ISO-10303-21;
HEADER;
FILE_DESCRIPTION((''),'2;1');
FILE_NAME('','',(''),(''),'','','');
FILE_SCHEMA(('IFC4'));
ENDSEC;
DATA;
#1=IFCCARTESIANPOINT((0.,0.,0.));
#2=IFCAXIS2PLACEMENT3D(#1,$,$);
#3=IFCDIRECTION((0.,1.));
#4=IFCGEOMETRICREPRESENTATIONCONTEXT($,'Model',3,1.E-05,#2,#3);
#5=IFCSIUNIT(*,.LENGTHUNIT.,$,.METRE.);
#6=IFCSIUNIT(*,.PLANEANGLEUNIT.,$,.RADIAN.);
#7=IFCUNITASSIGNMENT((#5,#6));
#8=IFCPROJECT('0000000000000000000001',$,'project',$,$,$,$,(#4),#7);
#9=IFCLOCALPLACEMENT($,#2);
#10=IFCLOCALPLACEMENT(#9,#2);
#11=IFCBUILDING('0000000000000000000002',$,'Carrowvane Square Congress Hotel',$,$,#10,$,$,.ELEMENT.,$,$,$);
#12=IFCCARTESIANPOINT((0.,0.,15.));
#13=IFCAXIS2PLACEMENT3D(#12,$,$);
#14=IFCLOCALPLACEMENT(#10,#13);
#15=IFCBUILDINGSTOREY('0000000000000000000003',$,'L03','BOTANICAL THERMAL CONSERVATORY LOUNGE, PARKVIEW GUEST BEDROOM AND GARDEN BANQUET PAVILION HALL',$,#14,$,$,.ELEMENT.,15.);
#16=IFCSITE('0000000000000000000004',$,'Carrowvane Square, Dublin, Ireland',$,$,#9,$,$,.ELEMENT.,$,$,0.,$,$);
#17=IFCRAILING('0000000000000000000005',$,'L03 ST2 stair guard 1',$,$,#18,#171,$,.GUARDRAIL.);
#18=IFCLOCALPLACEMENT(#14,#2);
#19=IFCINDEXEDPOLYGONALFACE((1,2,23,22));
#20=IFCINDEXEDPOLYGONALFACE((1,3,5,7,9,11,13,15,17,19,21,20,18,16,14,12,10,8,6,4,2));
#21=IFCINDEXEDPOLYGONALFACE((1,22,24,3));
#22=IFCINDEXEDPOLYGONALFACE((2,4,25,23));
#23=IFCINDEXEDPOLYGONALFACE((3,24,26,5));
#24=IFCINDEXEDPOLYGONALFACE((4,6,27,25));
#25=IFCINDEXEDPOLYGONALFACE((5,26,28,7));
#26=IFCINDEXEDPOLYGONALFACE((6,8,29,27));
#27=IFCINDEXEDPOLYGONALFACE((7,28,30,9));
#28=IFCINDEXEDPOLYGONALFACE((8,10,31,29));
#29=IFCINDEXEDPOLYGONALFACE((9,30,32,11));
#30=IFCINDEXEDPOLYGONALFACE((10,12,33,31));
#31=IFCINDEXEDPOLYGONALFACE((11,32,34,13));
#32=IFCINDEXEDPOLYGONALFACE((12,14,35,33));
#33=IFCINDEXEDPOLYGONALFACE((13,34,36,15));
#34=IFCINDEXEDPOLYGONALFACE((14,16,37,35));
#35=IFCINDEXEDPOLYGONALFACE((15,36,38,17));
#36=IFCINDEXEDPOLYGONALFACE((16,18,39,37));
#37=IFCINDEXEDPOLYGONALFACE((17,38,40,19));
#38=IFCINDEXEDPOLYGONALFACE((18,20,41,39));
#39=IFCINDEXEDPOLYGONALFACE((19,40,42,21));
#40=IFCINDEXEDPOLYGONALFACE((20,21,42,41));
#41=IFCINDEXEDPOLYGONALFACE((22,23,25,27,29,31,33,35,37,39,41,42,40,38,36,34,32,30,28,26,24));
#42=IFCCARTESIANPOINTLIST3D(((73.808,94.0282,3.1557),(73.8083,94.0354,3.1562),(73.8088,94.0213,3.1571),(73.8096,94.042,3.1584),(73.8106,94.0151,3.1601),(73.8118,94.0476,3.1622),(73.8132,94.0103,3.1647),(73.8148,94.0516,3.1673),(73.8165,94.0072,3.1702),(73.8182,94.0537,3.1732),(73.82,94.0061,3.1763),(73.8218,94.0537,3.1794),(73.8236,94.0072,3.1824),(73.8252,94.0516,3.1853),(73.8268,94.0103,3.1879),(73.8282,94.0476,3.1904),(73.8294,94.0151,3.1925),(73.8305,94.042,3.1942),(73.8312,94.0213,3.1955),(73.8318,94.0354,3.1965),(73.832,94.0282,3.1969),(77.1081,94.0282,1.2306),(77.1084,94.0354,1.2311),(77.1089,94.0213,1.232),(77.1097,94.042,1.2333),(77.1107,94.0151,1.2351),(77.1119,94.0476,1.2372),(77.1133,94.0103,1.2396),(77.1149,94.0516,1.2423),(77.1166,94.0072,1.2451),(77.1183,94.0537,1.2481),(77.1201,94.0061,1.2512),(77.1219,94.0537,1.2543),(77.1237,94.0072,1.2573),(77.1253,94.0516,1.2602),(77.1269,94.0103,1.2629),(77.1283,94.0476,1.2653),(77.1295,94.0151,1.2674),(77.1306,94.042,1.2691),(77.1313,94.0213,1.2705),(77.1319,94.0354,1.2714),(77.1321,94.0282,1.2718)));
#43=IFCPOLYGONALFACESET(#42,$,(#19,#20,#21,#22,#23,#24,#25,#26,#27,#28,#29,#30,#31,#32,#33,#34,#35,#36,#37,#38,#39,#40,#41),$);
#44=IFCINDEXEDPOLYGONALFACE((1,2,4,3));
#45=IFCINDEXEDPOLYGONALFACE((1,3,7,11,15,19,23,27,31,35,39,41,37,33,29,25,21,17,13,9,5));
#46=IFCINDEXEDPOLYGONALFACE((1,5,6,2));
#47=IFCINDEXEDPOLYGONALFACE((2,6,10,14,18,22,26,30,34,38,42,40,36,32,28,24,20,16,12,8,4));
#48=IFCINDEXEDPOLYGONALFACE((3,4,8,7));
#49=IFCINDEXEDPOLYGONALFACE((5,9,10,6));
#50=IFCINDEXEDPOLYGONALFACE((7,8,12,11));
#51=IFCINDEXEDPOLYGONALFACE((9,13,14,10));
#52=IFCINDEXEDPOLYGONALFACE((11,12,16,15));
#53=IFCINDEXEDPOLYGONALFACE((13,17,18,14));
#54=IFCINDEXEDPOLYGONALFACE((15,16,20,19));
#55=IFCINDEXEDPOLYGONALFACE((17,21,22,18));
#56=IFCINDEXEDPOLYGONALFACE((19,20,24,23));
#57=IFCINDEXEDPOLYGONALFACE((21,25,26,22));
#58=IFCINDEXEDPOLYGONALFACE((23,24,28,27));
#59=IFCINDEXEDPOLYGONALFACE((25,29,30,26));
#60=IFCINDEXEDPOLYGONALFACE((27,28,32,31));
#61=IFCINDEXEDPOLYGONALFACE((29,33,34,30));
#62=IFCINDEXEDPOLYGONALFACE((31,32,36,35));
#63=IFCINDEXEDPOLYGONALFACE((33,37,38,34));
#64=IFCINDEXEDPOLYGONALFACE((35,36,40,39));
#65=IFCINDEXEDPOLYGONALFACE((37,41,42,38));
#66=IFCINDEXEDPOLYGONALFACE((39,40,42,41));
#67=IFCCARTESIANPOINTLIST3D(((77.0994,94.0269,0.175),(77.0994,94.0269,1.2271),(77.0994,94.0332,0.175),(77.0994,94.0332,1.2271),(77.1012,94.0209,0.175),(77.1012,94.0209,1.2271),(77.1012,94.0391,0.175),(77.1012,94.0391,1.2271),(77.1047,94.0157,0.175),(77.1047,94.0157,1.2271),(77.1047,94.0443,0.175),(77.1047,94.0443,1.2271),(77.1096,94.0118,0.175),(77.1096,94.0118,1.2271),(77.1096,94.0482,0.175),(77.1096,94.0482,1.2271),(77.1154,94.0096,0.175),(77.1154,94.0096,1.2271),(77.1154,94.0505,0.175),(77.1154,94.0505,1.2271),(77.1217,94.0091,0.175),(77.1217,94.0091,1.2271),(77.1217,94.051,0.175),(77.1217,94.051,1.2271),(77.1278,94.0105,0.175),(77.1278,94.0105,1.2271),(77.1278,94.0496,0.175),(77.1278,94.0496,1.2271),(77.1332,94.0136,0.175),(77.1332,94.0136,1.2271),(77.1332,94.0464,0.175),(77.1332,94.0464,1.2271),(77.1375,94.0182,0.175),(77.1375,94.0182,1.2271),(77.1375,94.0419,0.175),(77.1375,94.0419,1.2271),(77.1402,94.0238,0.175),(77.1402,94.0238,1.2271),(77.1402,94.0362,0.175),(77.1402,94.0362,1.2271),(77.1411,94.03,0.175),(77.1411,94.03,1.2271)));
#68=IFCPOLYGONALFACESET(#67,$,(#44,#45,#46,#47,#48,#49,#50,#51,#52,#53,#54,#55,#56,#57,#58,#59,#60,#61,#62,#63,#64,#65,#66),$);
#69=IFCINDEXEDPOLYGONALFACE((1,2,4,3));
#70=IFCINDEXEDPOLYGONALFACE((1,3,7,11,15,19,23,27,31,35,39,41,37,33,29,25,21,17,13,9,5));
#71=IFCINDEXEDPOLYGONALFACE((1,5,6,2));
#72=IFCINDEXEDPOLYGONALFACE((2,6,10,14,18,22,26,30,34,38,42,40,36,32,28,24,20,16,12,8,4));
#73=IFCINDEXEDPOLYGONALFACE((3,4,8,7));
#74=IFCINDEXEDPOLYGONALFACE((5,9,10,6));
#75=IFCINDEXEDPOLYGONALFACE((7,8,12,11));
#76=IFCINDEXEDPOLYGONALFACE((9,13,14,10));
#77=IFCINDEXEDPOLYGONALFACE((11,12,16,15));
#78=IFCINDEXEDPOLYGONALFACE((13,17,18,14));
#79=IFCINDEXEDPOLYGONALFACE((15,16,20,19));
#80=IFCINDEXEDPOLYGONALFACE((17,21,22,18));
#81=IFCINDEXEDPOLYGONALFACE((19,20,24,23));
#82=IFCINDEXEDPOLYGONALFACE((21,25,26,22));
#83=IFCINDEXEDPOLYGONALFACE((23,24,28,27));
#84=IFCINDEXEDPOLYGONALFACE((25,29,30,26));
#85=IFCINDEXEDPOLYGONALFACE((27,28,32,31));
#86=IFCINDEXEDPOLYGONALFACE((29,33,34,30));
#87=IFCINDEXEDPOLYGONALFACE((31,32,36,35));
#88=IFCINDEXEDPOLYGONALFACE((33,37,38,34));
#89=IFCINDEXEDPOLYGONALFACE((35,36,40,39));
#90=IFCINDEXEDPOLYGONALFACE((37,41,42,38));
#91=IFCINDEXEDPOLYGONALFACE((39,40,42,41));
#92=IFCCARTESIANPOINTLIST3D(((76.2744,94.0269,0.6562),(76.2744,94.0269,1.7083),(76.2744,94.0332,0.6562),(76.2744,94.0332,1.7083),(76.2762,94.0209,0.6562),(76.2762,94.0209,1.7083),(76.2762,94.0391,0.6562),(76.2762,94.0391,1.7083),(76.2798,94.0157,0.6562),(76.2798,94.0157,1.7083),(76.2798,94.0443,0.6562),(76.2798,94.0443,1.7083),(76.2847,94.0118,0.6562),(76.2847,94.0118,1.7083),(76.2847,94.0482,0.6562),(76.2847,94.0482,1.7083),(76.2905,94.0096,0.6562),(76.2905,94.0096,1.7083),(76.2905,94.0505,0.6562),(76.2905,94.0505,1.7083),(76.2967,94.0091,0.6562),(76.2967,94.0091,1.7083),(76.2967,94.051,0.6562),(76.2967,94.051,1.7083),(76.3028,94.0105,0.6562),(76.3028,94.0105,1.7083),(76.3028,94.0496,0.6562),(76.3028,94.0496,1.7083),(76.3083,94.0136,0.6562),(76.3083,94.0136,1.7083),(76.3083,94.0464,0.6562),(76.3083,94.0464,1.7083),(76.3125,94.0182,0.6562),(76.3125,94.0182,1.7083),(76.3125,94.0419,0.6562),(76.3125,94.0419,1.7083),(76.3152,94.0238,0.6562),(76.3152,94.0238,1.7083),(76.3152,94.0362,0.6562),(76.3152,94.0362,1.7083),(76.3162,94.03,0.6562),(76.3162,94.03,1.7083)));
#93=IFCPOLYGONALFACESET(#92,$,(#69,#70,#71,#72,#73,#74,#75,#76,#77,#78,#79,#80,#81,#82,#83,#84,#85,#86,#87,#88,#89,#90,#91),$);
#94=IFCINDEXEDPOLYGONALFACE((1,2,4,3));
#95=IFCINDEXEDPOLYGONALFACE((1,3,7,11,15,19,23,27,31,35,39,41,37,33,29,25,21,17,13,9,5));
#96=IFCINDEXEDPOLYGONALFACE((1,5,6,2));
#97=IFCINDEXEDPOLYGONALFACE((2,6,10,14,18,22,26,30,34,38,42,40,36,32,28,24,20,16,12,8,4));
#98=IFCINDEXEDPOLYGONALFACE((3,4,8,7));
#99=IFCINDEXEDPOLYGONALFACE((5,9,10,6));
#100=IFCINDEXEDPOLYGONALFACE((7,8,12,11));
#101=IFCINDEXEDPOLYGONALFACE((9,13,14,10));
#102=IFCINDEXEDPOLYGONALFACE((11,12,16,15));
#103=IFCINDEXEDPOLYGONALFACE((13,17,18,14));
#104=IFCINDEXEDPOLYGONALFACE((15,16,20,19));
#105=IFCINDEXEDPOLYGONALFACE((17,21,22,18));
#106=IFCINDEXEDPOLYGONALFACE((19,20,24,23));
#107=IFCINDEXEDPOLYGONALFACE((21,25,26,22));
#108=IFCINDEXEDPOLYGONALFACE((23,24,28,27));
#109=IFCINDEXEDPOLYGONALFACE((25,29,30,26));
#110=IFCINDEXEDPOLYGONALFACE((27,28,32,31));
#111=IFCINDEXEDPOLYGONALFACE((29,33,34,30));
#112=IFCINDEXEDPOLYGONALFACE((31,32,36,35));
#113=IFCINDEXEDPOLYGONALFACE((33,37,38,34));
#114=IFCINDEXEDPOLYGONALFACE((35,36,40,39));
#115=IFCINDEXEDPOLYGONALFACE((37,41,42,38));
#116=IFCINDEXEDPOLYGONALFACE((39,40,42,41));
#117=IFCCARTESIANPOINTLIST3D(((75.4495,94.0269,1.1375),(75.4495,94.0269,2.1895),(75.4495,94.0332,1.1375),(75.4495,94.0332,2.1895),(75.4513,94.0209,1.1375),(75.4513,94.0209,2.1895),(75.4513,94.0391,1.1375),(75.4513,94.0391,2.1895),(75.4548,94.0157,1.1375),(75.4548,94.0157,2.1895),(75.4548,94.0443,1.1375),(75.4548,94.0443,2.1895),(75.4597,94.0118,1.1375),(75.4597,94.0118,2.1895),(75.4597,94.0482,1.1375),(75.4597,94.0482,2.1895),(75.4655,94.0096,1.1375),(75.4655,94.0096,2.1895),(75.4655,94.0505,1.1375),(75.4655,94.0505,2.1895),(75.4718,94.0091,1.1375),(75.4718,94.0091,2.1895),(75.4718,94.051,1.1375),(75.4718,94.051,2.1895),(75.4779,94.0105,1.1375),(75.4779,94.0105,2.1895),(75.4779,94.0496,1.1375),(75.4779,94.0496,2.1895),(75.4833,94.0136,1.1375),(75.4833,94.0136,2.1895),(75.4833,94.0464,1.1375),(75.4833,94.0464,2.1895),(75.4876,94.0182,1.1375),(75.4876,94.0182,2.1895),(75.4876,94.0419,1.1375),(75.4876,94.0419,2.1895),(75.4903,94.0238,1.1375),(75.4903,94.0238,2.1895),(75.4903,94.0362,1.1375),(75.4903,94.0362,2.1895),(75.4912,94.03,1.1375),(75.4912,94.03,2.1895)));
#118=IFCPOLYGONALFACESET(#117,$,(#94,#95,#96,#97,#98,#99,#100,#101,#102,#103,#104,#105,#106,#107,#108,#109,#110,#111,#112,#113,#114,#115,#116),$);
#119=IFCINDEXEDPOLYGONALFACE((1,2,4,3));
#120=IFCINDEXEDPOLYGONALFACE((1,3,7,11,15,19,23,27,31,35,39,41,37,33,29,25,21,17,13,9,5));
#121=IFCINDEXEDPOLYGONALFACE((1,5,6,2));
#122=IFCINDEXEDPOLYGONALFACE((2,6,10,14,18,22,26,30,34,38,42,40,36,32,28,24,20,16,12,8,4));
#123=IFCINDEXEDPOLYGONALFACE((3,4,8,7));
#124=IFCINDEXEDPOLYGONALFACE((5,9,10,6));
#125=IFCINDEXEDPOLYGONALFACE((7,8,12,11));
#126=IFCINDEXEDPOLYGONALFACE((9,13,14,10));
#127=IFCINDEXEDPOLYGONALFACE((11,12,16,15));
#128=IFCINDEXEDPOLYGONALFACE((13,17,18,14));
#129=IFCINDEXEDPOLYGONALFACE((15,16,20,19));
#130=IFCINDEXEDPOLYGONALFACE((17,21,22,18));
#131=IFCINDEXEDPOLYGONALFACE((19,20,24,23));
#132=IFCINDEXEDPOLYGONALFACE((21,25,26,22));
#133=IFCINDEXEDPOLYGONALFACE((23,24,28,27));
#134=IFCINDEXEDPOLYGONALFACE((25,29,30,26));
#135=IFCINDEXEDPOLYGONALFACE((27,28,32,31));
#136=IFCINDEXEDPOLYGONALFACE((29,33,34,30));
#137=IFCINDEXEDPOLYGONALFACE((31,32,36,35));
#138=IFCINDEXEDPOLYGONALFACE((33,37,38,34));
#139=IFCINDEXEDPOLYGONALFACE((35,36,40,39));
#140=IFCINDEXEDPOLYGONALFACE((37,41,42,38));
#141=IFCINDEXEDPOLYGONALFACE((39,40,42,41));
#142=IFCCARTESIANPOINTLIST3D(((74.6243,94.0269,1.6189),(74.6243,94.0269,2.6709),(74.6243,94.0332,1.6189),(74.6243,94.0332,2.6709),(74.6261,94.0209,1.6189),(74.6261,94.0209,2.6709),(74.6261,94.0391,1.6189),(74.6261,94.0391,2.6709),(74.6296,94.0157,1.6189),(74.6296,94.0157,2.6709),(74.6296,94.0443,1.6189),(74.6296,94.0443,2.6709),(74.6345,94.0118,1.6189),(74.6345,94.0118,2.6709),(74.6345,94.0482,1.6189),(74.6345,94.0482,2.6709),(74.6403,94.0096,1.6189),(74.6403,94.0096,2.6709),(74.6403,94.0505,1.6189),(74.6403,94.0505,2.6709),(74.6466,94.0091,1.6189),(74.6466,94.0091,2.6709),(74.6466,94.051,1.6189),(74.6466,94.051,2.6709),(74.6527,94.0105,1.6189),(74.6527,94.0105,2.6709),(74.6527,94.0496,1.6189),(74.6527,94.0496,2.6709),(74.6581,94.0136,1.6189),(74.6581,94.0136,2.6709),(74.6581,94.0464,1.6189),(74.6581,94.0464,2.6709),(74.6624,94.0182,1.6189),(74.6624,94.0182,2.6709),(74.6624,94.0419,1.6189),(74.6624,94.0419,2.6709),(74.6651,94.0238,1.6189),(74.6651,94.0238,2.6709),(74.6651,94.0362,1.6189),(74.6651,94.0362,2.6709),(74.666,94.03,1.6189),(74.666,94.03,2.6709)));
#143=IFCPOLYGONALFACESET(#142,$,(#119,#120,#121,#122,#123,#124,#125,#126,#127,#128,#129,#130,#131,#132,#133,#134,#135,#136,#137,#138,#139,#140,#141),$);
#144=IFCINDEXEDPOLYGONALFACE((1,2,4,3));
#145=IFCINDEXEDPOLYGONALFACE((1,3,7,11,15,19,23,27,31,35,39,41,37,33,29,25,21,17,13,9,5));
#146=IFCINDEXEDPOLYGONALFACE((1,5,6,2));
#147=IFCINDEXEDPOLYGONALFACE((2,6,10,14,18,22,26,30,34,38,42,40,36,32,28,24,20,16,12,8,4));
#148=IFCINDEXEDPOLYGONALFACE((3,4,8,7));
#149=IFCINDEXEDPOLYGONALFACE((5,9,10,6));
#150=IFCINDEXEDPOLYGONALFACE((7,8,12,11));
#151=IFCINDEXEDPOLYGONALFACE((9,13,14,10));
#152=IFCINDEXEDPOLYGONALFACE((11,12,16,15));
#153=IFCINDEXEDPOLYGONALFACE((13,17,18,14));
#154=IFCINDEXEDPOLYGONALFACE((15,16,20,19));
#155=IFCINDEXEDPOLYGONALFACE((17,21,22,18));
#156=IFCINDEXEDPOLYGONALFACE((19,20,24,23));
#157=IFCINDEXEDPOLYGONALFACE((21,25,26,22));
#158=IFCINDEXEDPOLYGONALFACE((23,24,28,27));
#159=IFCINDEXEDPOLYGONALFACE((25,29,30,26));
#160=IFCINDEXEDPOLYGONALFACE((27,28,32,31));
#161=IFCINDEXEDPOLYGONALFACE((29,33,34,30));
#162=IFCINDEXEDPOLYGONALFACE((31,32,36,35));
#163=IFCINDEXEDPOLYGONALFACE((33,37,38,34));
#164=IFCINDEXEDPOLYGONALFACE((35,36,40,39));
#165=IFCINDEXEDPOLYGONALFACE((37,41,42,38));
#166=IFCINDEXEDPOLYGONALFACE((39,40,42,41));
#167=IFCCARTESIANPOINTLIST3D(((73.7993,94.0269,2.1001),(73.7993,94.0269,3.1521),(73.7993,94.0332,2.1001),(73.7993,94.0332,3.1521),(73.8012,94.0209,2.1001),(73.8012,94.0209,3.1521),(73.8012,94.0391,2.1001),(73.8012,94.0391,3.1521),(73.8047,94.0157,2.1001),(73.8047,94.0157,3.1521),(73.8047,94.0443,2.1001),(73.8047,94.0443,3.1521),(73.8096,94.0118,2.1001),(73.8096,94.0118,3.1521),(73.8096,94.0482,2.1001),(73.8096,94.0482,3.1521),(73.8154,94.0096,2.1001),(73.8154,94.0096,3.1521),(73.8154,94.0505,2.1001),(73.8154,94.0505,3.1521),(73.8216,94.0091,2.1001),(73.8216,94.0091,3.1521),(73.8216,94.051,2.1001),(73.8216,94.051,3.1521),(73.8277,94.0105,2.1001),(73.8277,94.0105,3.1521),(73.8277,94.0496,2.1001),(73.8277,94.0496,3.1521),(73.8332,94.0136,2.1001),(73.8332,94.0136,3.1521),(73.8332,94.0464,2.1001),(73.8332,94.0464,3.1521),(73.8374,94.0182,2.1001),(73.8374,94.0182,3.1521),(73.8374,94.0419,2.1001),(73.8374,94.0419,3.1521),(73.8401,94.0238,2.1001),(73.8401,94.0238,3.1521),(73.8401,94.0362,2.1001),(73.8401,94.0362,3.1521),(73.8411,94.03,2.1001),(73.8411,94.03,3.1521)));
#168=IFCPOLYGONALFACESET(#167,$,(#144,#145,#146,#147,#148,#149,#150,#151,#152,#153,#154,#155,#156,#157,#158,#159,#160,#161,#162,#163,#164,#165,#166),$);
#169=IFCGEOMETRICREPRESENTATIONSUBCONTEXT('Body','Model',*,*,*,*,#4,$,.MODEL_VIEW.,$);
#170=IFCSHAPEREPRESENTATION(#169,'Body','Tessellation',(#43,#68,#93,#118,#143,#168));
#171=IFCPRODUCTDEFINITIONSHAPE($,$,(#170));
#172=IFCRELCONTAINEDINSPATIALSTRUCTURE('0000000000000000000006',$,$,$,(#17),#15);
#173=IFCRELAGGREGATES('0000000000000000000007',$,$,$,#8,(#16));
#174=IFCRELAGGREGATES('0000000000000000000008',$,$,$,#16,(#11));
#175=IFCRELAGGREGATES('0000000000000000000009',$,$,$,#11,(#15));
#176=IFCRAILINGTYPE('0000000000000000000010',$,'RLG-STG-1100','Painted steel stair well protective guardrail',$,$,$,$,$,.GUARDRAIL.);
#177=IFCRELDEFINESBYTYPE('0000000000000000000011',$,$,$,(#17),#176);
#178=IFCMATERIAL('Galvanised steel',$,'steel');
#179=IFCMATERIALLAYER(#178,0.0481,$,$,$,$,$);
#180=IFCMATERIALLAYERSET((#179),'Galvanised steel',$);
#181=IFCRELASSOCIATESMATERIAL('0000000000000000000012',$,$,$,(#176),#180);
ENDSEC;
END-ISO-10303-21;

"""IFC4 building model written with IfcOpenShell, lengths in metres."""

from ifc_helpers import new_model, si_unit, direction, frame, origin, origin_2d, place, context, subcontext, project, spatial, circle, extrude, material, layer, layer_set, type_object, element, save


model = new_model("IFC4")

# Units and contexts
model_context = context("Model", 3, precision=1e-05, world=origin(), true_north=direction((0.0, 1.0)))
body_context = subcontext(model_context, "Body", "Model", "MODEL_VIEW")
ifc_project = project(units=[si_unit("LENGTHUNIT", "METRE"), si_unit("PLANEANGLEUNIT", "RADIAN")], contexts=[model_context])

# Site, building, storey
site_placement = place(None, origin())
site = spatial("IfcSite", under=ifc_project, at=site_placement, Name="Carrowvane Square, Dublin, Ireland", CompositionType="ELEMENT", RefElevation=0.0)
building_placement = place(site_placement, origin())
building = spatial("IfcBuilding", under=site, at=building_placement, Name="Carrowvane Square Congress Hotel", CompositionType="ELEMENT")
storey_placement = place(building_placement, frame((0.0, 0.0, 15.0)))
storey = spatial("IfcBuildingStorey", under=building, at=storey_placement, Name="L03", Description="BOTANICAL THERMAL CONSERVATORY LOUNGE, PARKVIEW GUEST BEDROOM AND GARDEN BANQUET PAVILION HALL", CompositionType="ELEMENT", Elevation=15.0)

# Railing
ifc_material_1 = material(Name="Galvanised steel", Category="steel")
ifc_layer_1 = layer(ifc_material_1, 0.0481)
ifc_layer_set_1 = layer_set([ifc_layer_1], Name="Galvanised steel")
railing_type_1 = type_object("IfcRailingType", Name="RLG-STG-1100", Description="Painted steel stair well protective guardrail", PredefinedType="GUARDRAIL", material=ifc_layer_set_1)
railing_1_placement = place(storey_placement, frame((77.1201, 94.03, 0.175)))
element("IfcRailing", 1, at=railing_1_placement, inside=storey, type_object=railing_type_1, Name="L03 ST2 stair guard 1", PredefinedType="GUARDRAIL", context=body_context, shape_type="SweptSolid", body=[
    extrude(circle(Radius=0.0239, at=origin_2d()), frame((0.0, 0.0, 1.0762), z_axis=(-0.863777, 0.0, 0.503875), x_axis=(0.0, -1.0, 0.0)), (0.0, 0.0, 1.0), 3.8206),
    extrude(circle(Radius=0.021, at=origin_2d()), origin(), (0.0, 0.0, 1.0), 1.052),
    extrude(circle(Radius=0.021, at=origin_2d()), frame((-0.825, 0.0, 0.4812)), (0.0, 0.0, 1.0), 1.052),
    extrude(circle(Radius=0.021, at=origin_2d()), frame((-1.6499, 0.0, 0.9624)), (0.0, 0.0, 1.0), 1.052),
    extrude(circle(Radius=0.021, at=origin_2d()), frame((-2.4751, 0.0, 1.4438)), (0.0, 0.0, 1.0), 1.052),
    extrude(circle(Radius=0.021, at=origin_2d()), frame((-3.3, 0.0, 1.925)), (0.0, 0.0, 1.0), 1.052),
])

save(model, "model.ifc")
